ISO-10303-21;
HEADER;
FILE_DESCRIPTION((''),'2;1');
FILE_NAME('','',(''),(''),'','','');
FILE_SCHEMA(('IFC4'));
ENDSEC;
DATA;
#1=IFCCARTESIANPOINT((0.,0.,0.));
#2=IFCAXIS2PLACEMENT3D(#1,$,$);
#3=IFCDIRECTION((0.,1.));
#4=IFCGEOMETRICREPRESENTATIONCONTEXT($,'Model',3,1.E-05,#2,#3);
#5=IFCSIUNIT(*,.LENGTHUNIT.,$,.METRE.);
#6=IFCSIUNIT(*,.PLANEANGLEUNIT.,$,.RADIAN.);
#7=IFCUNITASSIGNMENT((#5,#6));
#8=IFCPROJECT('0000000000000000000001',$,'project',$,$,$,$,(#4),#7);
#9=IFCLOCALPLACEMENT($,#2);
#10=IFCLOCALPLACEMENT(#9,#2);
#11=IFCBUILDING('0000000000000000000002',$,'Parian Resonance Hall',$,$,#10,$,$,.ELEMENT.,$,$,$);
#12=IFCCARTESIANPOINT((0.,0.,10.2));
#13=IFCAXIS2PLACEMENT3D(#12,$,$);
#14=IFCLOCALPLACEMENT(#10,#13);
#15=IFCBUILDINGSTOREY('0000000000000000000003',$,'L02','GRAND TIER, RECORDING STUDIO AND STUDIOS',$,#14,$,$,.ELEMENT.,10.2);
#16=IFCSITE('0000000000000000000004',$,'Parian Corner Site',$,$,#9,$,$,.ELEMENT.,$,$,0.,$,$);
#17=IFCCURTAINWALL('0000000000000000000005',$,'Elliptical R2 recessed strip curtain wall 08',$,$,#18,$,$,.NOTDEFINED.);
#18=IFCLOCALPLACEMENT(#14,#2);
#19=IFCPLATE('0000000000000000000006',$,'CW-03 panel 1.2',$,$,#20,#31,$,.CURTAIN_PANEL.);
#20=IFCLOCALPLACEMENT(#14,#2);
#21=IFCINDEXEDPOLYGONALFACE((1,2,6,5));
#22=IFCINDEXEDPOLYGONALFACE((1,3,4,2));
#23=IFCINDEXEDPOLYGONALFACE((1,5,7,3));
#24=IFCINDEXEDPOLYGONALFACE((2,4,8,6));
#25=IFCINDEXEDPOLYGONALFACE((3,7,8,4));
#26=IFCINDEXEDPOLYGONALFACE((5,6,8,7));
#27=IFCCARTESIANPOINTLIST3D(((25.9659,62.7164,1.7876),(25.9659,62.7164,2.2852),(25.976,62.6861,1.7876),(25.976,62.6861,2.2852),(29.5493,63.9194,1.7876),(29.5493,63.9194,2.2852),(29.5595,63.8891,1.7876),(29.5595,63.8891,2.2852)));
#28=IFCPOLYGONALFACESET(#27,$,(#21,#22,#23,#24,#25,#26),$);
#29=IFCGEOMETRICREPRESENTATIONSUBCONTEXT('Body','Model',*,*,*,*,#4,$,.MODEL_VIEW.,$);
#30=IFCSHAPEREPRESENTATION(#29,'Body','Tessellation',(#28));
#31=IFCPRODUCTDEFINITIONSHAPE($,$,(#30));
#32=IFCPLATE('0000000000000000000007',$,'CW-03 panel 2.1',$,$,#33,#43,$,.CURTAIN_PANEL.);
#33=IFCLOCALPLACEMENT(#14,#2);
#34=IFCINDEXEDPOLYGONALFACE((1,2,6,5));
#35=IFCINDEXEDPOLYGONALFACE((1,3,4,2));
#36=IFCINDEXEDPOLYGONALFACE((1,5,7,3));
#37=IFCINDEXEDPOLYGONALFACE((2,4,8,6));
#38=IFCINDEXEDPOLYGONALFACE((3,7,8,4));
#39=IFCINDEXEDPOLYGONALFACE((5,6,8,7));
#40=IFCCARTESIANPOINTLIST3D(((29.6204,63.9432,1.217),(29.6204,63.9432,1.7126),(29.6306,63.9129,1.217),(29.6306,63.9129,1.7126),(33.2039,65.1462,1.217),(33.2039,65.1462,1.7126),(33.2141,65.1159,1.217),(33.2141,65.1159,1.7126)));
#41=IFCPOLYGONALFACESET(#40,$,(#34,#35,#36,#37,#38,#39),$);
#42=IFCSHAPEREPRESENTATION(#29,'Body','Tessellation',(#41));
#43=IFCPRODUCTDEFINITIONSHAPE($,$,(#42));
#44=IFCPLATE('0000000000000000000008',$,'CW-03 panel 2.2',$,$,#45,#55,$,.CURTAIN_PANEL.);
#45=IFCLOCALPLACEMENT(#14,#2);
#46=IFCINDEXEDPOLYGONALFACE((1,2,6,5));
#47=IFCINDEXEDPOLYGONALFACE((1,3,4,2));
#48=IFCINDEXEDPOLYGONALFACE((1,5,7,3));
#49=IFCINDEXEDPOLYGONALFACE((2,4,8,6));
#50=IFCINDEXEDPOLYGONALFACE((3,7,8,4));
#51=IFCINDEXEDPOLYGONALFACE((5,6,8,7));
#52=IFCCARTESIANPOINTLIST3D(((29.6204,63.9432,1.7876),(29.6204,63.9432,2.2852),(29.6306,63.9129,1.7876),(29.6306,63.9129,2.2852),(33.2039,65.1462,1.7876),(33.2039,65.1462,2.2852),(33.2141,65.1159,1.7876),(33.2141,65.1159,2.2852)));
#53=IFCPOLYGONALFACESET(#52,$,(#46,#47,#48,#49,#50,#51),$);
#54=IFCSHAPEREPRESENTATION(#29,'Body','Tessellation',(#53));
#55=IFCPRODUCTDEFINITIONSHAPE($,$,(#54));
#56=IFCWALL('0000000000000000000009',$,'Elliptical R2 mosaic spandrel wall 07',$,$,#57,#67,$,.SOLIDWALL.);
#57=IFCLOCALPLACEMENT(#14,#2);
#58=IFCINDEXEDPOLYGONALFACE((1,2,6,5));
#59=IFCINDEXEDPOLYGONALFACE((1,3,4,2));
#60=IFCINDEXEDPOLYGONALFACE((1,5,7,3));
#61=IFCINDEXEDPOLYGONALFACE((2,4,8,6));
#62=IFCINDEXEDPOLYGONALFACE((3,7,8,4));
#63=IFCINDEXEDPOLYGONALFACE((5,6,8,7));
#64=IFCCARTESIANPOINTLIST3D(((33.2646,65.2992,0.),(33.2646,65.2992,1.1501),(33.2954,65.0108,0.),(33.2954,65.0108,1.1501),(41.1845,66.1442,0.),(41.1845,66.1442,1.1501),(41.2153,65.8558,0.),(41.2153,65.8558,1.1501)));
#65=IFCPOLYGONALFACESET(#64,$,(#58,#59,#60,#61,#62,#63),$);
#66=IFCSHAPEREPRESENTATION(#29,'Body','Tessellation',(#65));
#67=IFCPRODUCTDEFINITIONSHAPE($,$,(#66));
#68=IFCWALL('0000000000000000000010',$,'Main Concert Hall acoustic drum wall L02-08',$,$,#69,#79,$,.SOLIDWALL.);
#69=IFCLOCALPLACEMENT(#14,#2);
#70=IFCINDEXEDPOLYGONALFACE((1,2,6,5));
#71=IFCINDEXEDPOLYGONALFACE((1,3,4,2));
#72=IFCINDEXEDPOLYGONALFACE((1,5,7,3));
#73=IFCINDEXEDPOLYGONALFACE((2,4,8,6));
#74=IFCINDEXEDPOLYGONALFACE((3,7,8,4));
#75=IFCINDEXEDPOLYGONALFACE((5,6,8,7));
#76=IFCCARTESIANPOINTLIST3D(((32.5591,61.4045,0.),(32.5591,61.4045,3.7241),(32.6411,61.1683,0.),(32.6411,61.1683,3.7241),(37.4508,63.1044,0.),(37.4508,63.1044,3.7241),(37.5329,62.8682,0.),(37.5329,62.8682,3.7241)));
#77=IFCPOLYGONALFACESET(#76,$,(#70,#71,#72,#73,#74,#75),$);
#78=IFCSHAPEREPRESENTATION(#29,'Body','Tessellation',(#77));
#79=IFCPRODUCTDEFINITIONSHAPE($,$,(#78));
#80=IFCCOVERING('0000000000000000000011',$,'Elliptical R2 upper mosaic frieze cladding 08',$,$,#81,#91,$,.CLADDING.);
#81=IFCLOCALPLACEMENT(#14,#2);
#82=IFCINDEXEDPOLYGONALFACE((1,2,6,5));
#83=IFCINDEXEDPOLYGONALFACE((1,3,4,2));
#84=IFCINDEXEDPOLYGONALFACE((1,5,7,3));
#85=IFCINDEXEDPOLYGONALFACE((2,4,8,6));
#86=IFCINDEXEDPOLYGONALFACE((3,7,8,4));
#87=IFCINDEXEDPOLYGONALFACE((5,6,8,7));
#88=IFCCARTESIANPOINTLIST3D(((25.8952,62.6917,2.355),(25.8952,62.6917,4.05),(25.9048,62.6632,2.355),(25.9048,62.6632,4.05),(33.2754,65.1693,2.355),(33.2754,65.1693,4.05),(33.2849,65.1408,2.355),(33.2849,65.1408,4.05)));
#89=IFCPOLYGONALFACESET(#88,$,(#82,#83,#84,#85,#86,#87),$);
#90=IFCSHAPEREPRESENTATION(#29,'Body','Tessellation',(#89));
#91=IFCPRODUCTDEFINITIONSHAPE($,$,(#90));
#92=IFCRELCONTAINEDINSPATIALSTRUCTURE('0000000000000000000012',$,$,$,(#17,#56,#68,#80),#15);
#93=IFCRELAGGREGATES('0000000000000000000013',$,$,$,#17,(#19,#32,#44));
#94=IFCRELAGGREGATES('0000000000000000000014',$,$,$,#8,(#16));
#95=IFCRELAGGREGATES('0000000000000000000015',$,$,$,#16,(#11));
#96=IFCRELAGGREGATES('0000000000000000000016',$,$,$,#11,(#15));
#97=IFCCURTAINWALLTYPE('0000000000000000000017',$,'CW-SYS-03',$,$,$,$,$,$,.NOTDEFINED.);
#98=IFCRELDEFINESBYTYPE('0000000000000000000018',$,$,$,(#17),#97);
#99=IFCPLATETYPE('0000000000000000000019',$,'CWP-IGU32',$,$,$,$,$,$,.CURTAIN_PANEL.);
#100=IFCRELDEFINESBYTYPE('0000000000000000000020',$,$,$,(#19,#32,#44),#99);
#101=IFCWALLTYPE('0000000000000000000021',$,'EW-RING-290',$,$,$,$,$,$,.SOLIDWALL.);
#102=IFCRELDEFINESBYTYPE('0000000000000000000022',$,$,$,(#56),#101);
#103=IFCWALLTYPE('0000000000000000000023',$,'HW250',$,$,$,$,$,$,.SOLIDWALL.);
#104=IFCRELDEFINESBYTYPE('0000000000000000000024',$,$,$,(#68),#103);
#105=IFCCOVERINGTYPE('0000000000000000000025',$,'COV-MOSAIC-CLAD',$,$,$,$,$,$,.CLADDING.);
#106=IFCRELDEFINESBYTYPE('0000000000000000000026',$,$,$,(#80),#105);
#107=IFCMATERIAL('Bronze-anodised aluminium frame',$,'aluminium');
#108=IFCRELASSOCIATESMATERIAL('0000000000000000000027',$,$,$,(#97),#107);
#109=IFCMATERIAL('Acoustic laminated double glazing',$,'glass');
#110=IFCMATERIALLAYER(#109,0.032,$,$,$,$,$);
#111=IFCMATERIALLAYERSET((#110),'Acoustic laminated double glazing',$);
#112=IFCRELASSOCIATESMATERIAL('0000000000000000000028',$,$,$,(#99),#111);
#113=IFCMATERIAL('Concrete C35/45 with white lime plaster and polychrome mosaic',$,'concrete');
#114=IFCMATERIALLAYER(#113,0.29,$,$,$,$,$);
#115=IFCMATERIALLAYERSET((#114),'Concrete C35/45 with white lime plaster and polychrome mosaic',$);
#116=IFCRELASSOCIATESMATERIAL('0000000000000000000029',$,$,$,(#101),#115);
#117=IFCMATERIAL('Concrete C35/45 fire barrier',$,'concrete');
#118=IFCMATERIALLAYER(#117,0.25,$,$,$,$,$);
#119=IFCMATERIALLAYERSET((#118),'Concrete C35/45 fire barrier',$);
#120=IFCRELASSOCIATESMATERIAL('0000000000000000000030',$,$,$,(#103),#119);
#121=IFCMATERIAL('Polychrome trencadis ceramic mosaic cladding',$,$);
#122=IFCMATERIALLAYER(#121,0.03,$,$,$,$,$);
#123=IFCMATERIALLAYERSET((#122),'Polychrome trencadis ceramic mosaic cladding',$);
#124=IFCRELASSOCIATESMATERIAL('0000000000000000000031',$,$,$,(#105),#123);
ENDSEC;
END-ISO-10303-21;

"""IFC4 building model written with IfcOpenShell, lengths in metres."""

from ifc_helpers import new_model, si_unit, direction, frame, frame_2d, origin, origin_2d, place, context, subcontext, project, spatial, rectangle, extrude, material, layer, layer_set, type_object, element, aggregate, save


model = new_model("IFC4")

# Units and contexts
model_context = context("Model", 3, precision=1e-05, world=origin(), true_north=direction((0.0, 1.0)))
body_context = subcontext(model_context, "Body", "Model", "MODEL_VIEW")
ifc_project = project(units=[si_unit("LENGTHUNIT", "METRE"), si_unit("PLANEANGLEUNIT", "RADIAN")], contexts=[model_context])

# Site, building, storey
site_placement = place(None, origin())
site = spatial("IfcSite", under=ifc_project, at=site_placement, Name="Parian Corner Site", CompositionType="ELEMENT", RefElevation=0.0)
building_placement = place(site_placement, origin())
building = spatial("IfcBuilding", under=site, at=building_placement, Name="Parian Resonance Hall", CompositionType="ELEMENT")
storey_placement = place(building_placement, frame((0.0, 0.0, 10.2)))
storey = spatial("IfcBuildingStorey", under=building, at=storey_placement, Name="L02", Description="GRAND TIER, RECORDING STUDIO AND STUDIOS", CompositionType="ELEMENT", Elevation=10.2)

# Curtain wall
ifc_material_1 = material(Name="Bronze-anodised aluminium frame", Category="aluminium")
curtain_wall_type_1 = type_object("IfcCurtainWallType", Name="CW-SYS-03", PredefinedType="NOTDEFINED", material=ifc_material_1)
curtain_wall_1_placement = place(storey_placement, origin())
curtain_wall_1 = element("IfcCurtainWall", 1, at=curtain_wall_1_placement, inside=storey, type_object=curtain_wall_type_1, Name="Elliptical R2 recessed strip curtain wall 08", PredefinedType="NOTDEFINED")

# Plates
ifc_material_2 = material(Name="Acoustic laminated double glazing", Category="glass")
ifc_layer_1 = layer(ifc_material_2, 0.032)
ifc_layer_set_1 = layer_set([ifc_layer_1], Name="Acoustic laminated double glazing")
plate_type = type_object("IfcPlateType", Name="CWP-IGU32", PredefinedType="CURTAIN_PANEL", material=ifc_layer_set_1)
plate_1_placement = place(storey_placement, frame((27.7627, 63.3027, 1.7876), z_axis=(0.0, 0.0, 1.0), x_axis=(0.948004, 0.318258, 0.0)))
plate_1 = element("IfcPlate", 2, at=plate_1_placement, type_object=plate_type, Name="CW-03 panel 1.2", PredefinedType="CURTAIN_PANEL", context=body_context, shape_type="SweptSolid", body=[
    extrude(rectangle(XDim=3.78, YDim=0.032, at=origin_2d()), origin(), (0.0, 0.0, 1.0), 0.4976),
])
plate_2_placement = place(storey_placement, frame((31.4172, 64.5295, 1.217), z_axis=(0.0, 0.0, 1.0), x_axis=(0.948004, 0.318258, 0.0)))
plate_2 = element("IfcPlate", 3, at=plate_2_placement, type_object=plate_type, Name="CW-03 panel 2.1", PredefinedType="CURTAIN_PANEL", context=body_context, shape_type="SweptSolid", body=[
    extrude(rectangle(XDim=3.78, YDim=0.032, at=origin_2d()), origin(), (0.0, 0.0, 1.0), 0.4956),
])
plate_3_placement = place(storey_placement, frame((31.4172, 64.5295, 1.7876), z_axis=(0.0, 0.0, 1.0), x_axis=(0.948004, 0.318258, 0.0)))
plate_3 = element("IfcPlate", 4, at=plate_3_placement, type_object=plate_type, Name="CW-03 panel 2.2", PredefinedType="CURTAIN_PANEL", context=body_context, shape_type="SweptSolid", body=[
    extrude(rectangle(XDim=3.78, YDim=0.032, at=origin_2d()), origin(), (0.0, 0.0, 1.0), 0.4976),
])
aggregate(curtain_wall_1, [plate_1, plate_2, plate_3])

# Wall
ifc_material_3 = material(Name="Concrete C35/45 with white lime plaster and polychrome mosaic", Category="concrete")
ifc_layer_2 = layer(ifc_material_3, 0.29)
ifc_layer_set_2 = layer_set([ifc_layer_2], Name="Concrete C35/45 with white lime plaster and polychrome mosaic")
wall_type_1 = type_object("IfcWallType", Name="EW-RING-290", PredefinedType="SOLIDWALL", material=ifc_layer_set_2)
wall_1_placement = place(storey_placement, frame((33.28, 65.155, 0.0), z_axis=(0.0, 0.0, 1.0), x_axis=(0.994357, 0.106087, 0.0)))
element("IfcWall", 5, at=wall_1_placement, inside=storey, type_object=wall_type_1, Name="Elliptical R2 mosaic spandrel wall 07", PredefinedType="SOLIDWALL", context=body_context, shape_type="SweptSolid", body=[
    extrude(rectangle(XDim=7.9648, YDim=0.29, at=frame_2d((3.9824, 0.0))), origin(), (0.0, 0.0, 1.0), 1.1501),
])

# Shared definitions
ifc_material_4 = material(Name="Concrete C35/45 fire barrier", Category="concrete")
ifc_layer_3 = layer(ifc_material_4, 0.25)
ifc_layer_set_3 = layer_set([ifc_layer_3], Name="Concrete C35/45 fire barrier")
wall_type_2 = type_object("IfcWallType", Name="HW250", PredefinedType="SOLIDWALL", material=ifc_layer_set_3)

# Wall
wall_2_placement = place(storey_placement, frame((32.6001, 61.2864, 0.0), z_axis=(0.0, 0.0, 1.0), x_axis=(0.94459, 0.328252, 0.0)))
element("IfcWall", 6, at=wall_2_placement, inside=storey, type_object=wall_type_2, Name="Main Concert Hall acoustic drum wall L02-08", PredefinedType="SOLIDWALL", context=body_context, shape_type="SweptSolid", body=[
    extrude(rectangle(XDim=5.1787, YDim=0.25, at=frame_2d((2.5894, 0.0))), origin(), (0.0, 0.0, 1.0), 3.7241),
])

# Covering
ifc_material_5 = material(Name="Polychrome trencadis ceramic mosaic cladding")
ifc_layer_4 = layer(ifc_material_5, 0.03)
ifc_layer_set_4 = layer_set([ifc_layer_4], Name="Polychrome trencadis ceramic mosaic cladding")
covering_type = type_object("IfcCoveringType", Name="COV-MOSAIC-CLAD", PredefinedType="CLADDING", material=ifc_layer_set_4)
covering_placement = place(storey_placement, frame((29.5901, 63.9163, 2.355), z_axis=(0.0, 0.0, 1.0), x_axis=(0.948004, 0.318258, 0.0)))
element("IfcCovering", 7, at=covering_placement, inside=storey, type_object=covering_type, Name="Elliptical R2 upper mosaic frieze cladding 08", PredefinedType="CLADDING", context=body_context, shape_type="SweptSolid", body=[
    extrude(rectangle(XDim=7.7849, YDim=0.03, at=origin_2d()), origin(), (0.0, 0.0, 1.0), 1.6951),
])

save(model, "model.ifc")
